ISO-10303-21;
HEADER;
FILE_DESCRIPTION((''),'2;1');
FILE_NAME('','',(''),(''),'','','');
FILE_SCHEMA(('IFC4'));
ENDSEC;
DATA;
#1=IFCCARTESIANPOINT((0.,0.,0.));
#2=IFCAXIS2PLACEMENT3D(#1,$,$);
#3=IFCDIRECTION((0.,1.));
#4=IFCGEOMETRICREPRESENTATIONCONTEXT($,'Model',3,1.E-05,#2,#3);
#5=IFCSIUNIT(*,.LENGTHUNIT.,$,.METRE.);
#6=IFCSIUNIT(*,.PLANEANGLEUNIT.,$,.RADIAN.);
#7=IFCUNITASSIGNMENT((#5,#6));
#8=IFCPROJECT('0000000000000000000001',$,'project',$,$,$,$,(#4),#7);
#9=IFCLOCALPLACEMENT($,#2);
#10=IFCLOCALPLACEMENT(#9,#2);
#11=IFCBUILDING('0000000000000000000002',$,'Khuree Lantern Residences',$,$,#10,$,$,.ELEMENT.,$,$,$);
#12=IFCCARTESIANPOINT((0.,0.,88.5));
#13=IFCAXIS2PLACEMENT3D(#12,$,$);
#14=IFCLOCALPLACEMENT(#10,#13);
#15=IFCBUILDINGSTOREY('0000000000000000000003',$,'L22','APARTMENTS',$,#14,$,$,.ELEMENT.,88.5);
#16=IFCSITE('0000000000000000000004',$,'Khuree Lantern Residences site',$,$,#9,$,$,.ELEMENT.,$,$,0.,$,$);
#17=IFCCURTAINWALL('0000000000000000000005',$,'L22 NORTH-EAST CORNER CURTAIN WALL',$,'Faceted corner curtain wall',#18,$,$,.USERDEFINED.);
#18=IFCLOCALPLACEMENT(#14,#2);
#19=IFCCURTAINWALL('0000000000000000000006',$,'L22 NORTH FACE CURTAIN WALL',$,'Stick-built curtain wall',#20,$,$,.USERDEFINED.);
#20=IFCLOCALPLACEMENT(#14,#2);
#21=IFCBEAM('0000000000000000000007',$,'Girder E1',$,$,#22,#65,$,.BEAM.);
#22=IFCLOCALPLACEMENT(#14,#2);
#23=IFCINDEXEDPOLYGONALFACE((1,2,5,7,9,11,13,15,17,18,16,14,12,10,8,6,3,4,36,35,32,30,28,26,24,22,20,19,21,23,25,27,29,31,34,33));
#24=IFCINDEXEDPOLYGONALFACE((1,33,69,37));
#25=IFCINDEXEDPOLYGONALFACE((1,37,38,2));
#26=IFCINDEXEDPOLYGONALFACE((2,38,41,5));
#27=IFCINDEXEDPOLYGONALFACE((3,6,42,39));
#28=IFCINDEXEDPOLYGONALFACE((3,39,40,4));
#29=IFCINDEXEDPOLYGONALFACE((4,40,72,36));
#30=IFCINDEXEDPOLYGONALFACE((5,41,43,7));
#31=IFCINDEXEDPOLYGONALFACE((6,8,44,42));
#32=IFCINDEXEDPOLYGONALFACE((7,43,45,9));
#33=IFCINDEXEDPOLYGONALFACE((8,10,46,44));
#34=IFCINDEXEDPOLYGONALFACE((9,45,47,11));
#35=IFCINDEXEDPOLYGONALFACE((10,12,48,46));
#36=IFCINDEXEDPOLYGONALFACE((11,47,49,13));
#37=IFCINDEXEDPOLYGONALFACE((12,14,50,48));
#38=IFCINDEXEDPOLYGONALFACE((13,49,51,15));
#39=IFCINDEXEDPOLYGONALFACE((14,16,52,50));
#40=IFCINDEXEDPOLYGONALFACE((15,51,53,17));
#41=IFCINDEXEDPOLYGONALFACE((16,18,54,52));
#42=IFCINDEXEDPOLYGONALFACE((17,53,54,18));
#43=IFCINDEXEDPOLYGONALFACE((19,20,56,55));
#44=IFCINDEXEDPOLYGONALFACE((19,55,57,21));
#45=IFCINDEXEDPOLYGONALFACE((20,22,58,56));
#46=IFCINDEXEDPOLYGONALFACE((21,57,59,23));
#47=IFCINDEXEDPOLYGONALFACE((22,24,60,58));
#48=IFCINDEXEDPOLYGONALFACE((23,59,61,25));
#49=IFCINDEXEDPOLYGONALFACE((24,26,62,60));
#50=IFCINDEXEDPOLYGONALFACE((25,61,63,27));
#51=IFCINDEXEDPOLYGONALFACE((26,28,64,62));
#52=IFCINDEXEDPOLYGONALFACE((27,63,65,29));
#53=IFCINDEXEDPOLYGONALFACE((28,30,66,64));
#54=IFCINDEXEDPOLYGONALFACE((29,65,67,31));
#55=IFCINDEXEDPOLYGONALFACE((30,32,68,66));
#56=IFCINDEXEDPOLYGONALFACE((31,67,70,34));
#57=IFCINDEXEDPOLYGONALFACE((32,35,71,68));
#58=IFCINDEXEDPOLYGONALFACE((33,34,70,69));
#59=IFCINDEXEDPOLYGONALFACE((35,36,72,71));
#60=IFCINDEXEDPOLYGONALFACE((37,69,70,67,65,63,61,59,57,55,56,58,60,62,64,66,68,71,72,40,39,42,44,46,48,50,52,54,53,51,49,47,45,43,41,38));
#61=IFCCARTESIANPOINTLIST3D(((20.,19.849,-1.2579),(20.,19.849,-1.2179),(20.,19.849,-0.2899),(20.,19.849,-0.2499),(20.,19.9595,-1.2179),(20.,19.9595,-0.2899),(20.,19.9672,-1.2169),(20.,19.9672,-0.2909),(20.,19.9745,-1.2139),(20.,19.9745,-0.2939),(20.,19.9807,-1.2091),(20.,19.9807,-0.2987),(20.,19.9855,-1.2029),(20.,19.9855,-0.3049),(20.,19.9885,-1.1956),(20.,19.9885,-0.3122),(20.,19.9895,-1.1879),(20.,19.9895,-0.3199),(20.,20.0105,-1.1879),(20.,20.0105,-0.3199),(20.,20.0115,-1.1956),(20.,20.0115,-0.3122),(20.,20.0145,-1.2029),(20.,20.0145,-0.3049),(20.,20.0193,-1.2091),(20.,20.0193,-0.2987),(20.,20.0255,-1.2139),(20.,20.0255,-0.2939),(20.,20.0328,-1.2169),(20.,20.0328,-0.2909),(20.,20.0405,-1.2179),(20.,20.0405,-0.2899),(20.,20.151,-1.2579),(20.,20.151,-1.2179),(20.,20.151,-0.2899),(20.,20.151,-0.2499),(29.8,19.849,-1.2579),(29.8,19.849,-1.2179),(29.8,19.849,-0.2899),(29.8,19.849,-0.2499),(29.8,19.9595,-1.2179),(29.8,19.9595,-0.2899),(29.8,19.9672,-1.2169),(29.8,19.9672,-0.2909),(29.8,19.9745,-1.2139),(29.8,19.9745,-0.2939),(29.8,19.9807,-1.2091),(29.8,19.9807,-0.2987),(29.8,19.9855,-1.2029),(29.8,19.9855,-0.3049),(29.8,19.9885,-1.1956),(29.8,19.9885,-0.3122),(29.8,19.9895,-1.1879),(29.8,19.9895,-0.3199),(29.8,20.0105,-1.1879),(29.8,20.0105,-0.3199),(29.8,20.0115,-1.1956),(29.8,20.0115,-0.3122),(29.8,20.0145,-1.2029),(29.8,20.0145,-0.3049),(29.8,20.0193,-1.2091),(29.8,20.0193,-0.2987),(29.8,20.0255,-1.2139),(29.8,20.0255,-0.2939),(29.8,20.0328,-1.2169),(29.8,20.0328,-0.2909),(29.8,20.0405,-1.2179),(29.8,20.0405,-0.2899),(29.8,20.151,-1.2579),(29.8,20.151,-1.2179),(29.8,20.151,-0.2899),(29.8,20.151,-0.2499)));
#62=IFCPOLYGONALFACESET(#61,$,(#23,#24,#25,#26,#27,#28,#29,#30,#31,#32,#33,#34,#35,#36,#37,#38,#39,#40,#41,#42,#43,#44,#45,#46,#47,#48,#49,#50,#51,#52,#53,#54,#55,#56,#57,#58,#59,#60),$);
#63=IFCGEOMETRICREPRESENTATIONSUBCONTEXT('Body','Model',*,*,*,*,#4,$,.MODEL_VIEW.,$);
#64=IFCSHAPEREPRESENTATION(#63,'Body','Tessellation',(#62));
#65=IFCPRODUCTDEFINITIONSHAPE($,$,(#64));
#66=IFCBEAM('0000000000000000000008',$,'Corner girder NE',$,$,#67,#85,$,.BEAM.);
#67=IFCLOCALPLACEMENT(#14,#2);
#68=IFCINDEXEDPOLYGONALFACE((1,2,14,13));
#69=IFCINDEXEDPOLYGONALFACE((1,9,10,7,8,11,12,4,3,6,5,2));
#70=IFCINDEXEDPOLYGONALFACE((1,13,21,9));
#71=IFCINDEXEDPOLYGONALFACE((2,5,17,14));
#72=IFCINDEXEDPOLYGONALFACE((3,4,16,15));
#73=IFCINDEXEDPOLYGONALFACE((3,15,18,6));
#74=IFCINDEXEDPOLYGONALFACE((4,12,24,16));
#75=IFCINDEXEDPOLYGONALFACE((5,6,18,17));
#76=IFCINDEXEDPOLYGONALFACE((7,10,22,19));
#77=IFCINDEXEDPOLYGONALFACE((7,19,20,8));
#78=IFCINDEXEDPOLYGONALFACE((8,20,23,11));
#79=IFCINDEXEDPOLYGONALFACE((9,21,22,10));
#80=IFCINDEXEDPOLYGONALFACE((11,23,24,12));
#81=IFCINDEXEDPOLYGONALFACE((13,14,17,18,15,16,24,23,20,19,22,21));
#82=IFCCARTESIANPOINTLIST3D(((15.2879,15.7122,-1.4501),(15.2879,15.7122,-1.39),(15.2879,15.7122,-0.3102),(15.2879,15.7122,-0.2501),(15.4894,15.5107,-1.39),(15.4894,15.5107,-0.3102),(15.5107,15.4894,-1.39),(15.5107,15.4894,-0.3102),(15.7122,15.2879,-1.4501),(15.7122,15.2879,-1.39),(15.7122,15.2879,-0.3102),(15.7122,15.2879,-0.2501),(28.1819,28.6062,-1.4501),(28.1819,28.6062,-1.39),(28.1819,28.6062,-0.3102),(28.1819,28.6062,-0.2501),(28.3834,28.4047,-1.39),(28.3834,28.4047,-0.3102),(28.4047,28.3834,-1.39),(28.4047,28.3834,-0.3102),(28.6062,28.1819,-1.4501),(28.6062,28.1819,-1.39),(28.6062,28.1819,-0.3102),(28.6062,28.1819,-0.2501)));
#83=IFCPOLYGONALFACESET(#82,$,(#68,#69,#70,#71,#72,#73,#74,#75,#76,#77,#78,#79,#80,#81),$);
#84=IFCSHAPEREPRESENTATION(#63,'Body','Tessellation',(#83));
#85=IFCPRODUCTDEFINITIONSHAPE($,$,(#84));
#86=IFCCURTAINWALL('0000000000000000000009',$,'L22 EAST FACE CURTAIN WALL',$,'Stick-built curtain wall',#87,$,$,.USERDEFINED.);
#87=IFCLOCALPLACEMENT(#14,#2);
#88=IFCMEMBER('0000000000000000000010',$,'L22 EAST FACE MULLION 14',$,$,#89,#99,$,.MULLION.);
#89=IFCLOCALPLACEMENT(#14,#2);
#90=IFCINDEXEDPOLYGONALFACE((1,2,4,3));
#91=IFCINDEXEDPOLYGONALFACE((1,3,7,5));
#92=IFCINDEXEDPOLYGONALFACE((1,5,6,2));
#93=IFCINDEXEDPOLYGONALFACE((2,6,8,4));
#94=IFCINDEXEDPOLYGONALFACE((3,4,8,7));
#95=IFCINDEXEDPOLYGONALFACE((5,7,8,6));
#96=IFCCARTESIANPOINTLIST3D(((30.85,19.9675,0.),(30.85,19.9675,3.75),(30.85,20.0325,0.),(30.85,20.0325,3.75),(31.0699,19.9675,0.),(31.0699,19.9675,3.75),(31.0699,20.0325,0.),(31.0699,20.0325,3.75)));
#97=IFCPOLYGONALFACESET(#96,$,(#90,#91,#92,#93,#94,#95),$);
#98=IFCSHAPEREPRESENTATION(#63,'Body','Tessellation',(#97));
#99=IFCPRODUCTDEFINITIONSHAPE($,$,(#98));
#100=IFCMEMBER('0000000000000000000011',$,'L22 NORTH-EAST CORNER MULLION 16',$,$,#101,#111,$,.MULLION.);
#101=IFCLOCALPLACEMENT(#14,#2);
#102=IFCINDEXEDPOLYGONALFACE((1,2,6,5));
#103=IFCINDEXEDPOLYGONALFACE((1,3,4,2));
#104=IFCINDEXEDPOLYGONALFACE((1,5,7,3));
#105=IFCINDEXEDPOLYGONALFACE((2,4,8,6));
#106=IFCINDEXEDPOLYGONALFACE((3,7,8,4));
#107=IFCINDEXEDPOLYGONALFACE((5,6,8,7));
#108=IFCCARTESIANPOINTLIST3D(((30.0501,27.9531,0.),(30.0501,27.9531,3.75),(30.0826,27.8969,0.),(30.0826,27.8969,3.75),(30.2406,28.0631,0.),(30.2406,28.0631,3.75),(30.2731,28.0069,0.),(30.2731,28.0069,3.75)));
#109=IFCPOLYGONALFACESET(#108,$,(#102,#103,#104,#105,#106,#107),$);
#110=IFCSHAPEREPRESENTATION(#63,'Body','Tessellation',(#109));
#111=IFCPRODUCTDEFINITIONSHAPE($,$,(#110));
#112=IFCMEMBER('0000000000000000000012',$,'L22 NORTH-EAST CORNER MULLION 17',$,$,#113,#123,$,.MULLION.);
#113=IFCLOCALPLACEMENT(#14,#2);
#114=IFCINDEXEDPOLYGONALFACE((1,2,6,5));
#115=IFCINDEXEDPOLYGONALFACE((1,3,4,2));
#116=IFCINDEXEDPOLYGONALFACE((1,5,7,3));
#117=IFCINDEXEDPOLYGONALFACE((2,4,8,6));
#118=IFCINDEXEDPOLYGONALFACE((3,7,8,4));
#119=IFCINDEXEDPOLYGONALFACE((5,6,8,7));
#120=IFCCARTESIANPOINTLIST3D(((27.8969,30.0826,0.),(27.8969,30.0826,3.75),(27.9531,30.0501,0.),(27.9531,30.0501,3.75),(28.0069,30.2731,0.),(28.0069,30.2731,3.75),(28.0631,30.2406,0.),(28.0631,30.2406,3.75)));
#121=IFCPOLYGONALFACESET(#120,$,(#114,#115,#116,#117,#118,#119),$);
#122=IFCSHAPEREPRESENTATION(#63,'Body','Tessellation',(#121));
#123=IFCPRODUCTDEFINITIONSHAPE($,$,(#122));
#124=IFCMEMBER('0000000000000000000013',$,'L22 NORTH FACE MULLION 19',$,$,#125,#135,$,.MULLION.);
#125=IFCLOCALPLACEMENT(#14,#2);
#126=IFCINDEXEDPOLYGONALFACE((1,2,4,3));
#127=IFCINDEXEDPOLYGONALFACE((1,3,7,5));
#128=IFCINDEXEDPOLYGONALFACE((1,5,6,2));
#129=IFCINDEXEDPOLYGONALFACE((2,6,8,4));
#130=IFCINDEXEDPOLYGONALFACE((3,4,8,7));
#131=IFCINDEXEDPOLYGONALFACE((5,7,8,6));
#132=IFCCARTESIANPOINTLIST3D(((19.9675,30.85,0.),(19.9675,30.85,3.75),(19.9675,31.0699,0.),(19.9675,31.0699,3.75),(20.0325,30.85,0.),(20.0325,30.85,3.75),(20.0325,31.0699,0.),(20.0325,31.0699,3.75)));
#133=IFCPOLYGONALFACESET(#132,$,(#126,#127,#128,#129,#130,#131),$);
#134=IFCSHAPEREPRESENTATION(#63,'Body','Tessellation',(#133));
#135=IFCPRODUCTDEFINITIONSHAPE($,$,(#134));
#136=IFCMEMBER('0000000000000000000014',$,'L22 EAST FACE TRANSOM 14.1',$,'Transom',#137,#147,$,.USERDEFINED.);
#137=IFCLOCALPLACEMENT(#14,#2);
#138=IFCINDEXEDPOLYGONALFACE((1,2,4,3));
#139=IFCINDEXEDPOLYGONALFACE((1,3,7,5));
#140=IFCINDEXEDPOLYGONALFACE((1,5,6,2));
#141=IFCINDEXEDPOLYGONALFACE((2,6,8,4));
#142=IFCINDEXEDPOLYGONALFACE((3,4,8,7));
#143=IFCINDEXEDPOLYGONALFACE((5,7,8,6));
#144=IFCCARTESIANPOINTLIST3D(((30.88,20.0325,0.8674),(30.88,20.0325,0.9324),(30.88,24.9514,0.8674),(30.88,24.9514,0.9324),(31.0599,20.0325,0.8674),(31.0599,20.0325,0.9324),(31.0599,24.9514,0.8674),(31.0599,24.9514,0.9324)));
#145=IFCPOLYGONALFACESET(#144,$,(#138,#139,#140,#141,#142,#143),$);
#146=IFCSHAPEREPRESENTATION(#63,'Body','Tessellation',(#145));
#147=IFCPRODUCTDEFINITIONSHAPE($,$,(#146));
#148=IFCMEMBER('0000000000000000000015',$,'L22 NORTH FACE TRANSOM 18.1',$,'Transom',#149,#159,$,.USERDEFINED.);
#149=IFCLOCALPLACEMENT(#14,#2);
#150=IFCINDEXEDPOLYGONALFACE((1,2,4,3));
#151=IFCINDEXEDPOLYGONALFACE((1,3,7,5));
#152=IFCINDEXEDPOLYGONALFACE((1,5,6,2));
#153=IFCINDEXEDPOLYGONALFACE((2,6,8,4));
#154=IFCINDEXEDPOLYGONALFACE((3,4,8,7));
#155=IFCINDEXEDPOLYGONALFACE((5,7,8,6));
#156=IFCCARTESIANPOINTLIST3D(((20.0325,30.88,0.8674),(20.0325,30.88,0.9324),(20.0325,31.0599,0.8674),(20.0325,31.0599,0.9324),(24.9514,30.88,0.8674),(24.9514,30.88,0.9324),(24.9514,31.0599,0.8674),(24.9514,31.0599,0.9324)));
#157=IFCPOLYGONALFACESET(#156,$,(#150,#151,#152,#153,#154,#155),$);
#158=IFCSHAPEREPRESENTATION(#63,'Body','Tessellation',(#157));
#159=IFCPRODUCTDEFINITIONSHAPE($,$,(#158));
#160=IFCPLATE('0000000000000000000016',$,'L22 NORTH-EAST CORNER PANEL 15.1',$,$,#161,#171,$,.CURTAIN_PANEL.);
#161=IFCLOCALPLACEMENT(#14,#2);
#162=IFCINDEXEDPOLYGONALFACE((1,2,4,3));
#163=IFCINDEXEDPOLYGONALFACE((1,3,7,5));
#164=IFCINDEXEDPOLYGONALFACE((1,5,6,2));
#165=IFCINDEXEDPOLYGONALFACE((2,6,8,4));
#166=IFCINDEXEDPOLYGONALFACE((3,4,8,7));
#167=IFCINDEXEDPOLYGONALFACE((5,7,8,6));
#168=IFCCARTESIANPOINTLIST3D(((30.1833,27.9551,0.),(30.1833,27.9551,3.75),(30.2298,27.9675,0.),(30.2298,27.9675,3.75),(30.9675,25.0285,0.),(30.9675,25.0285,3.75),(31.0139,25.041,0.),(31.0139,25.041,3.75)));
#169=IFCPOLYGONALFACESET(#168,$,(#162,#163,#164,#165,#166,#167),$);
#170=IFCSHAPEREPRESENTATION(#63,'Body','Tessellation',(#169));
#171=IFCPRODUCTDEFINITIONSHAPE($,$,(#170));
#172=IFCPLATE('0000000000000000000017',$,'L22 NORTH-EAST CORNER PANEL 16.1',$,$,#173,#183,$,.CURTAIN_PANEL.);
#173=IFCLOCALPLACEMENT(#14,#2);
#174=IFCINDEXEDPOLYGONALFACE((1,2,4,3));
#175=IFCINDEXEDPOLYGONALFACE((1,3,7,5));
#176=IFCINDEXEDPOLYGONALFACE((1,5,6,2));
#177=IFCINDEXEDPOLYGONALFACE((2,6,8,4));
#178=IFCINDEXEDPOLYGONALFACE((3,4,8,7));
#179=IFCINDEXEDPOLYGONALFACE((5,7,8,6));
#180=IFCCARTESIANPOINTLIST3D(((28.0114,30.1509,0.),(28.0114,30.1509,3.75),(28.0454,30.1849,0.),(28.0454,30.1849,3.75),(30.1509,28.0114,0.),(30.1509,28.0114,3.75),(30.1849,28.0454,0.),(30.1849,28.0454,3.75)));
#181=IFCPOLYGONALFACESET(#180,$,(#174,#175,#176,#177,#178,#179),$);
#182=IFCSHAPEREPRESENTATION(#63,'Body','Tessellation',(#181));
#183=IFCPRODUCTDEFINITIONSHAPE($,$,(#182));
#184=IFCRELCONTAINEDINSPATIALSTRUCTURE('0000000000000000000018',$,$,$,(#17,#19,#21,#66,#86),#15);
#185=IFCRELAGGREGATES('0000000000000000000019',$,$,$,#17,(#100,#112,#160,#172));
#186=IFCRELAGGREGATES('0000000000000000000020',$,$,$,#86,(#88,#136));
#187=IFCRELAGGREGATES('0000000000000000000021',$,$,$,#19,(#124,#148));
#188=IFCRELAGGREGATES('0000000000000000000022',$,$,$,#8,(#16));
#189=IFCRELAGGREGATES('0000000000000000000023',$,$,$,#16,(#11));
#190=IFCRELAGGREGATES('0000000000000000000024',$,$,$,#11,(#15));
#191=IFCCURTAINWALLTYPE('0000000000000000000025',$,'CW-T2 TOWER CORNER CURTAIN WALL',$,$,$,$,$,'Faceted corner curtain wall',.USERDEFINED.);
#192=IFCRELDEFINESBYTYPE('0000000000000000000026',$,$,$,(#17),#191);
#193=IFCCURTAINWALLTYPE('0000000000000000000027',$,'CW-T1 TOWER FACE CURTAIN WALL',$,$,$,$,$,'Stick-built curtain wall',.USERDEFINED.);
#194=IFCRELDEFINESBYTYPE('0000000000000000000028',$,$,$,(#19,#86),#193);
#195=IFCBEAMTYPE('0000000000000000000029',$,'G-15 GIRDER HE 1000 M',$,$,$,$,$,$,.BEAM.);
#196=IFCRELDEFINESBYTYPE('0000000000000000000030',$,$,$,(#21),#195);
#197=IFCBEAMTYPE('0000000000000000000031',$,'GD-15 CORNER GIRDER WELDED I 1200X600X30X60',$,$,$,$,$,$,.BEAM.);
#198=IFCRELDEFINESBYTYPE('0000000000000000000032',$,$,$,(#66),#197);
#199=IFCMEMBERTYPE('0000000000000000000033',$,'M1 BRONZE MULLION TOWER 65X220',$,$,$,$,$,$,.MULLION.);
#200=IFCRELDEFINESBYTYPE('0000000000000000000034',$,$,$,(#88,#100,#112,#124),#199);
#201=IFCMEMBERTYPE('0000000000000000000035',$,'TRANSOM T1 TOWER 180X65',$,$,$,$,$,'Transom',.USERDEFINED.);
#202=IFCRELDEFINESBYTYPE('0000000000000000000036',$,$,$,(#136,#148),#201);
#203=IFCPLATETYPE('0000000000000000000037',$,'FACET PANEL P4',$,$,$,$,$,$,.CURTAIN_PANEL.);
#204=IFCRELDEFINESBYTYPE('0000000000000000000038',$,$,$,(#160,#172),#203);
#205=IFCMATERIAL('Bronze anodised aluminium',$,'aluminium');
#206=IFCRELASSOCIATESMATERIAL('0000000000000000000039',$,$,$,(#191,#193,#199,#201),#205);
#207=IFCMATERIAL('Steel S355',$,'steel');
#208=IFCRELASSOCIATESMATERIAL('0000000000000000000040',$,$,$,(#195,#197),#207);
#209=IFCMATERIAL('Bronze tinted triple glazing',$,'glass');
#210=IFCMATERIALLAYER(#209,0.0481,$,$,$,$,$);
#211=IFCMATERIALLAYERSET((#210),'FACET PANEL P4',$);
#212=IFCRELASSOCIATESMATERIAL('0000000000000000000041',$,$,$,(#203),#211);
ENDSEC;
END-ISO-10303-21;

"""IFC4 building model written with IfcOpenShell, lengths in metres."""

from ifc_helpers import new_model, si_unit, direction, frame, origin, origin_2d, place, context, subcontext, project, spatial, rectangle, i_section, extrude, material, layer, layer_set, material_profile, profile_set, type_object, element, aggregate, save


model = new_model("IFC4")

# Units and contexts
model_context = context("Model", 3, precision=1e-05, world=origin(), true_north=direction((0.0, 1.0)))
body_context = subcontext(model_context, "Body", "Model", "MODEL_VIEW")
ifc_project = project(units=[si_unit("LENGTHUNIT", "METRE"), si_unit("PLANEANGLEUNIT", "RADIAN")], contexts=[model_context])

# Site, building, storey
site_placement = place(None, origin())
site = spatial("IfcSite", under=ifc_project, at=site_placement, Name="Khuree Lantern Residences site", CompositionType="ELEMENT", RefElevation=0.0)
building_placement = place(site_placement, origin())
building = spatial("IfcBuilding", under=site, at=building_placement, Name="Khuree Lantern Residences", CompositionType="ELEMENT")
storey_placement = place(building_placement, frame((0.0, 0.0, 88.5)))
storey = spatial("IfcBuildingStorey", under=building, at=storey_placement, Name="L22", Description="APARTMENTS", CompositionType="ELEMENT", Elevation=88.5)

# Shared definitions
ifc_material_1 = material(Name="Steel S355", Category="steel")

# Curtain walls
ifc_material_2 = material(Name="Bronze anodised aluminium", Category="aluminium")
curtain_wall_type_1 = type_object("IfcCurtainWallType", Name="CW-T2 TOWER CORNER CURTAIN WALL", ElementType="Faceted corner curtain wall", PredefinedType="USERDEFINED", material=ifc_material_2)
curtain_wall_1_placement = place(storey_placement, origin())
curtain_wall_1 = element("IfcCurtainWall", 1, at=curtain_wall_1_placement, inside=storey, type_object=curtain_wall_type_1, Name="L22 NORTH-EAST CORNER CURTAIN WALL", ObjectType="Faceted corner curtain wall", PredefinedType="USERDEFINED")
curtain_wall_type_2 = type_object("IfcCurtainWallType", Name="CW-T1 TOWER FACE CURTAIN WALL", ElementType="Stick-built curtain wall", PredefinedType="USERDEFINED", material=ifc_material_2)
curtain_wall_2_placement = place(storey_placement, origin())
curtain_wall_2 = element("IfcCurtainWall", 2, at=curtain_wall_2_placement, inside=storey, type_object=curtain_wall_type_2, Name="L22 NORTH FACE CURTAIN WALL", ObjectType="Stick-built curtain wall", PredefinedType="USERDEFINED")

# Beams
ifc_material_profile_1 = material_profile(ifc_material_1, i_section(OverallWidth=0.302, OverallDepth=1.0081, WebThickness=0.021, FlangeThickness=0.04, FilletRadius=0.03, at=origin_2d()), Name="HE 1000 M")
ifc_profile_set_1 = profile_set([ifc_material_profile_1], Name="Steel S355")
beam_type_1 = type_object("IfcBeamType", Name="G-15 GIRDER HE 1000 M", PredefinedType="BEAM", material=ifc_profile_set_1)
for number, where, z_axis, x_axis, name in (
    (3, (29.8, 20.0, -0.7539), (-1.0, 0.0, 0.0), (0.0, -1.0, 0.0), "Girder E1"),
):
    element("IfcBeam", number, at=place(storey_placement, frame(where, z_axis=z_axis, x_axis=x_axis)), inside=storey, type_object=beam_type_1, Name=name, PredefinedType="BEAM", context=body_context, shape_type="SweptSolid", body=[
        extrude(i_section(OverallWidth=0.302, OverallDepth=1.0081, WebThickness=0.021, FlangeThickness=0.04, FilletRadius=0.03, at=origin_2d()), origin(), (0.0, 0.0, 1.0), 9.8),
    ])
ifc_material_profile_2 = material_profile(ifc_material_1, i_section(OverallWidth=0.6001, OverallDepth=1.2, WebThickness=0.03, FlangeThickness=0.0601, at=origin_2d()), Name="WELDED I 1200X600X30X60")
ifc_profile_set_2 = profile_set([ifc_material_profile_2], Name="Steel S355")
beam_type_2 = type_object("IfcBeamType", Name="GD-15 CORNER GIRDER WELDED I 1200X600X30X60", PredefinedType="BEAM", material=ifc_profile_set_2)
beam_1_placement = place(storey_placement, frame((28.394, 28.394, -0.8501), z_axis=(-0.707107, -0.707107, 0.0), x_axis=(0.707107, -0.707107, 0.0)))
element("IfcBeam", 4, at=beam_1_placement, inside=storey, type_object=beam_type_2, Name="Corner girder NE", PredefinedType="BEAM", context=body_context, shape_type="SweptSolid", body=[
    extrude(i_section(OverallWidth=0.6001, OverallDepth=1.2, WebThickness=0.03, FlangeThickness=0.0601, at=origin_2d()), origin(), (0.0, 0.0, 1.0), 18.2349),
])

# Curtain wall, member
curtain_wall_3_placement = place(storey_placement, origin())
curtain_wall_3 = element("IfcCurtainWall", 5, at=curtain_wall_3_placement, inside=storey, type_object=curtain_wall_type_2, Name="L22 EAST FACE CURTAIN WALL", ObjectType="Stick-built curtain wall", PredefinedType="USERDEFINED")
ifc_material_profile_3 = material_profile(ifc_material_2, rectangle(XDim=0.0649, YDim=0.22, at=origin_2d()), Name="M1 65X220")
ifc_profile_set_3 = profile_set([ifc_material_profile_3], Name="Bronze anodised aluminium")
member_type_1 = type_object("IfcMemberType", Name="M1 BRONZE MULLION TOWER 65X220", PredefinedType="MULLION", material=ifc_profile_set_3)
member_1_placement = place(storey_placement, frame((30.96, 20.0, 0.0), z_axis=(0.0, 0.0, 1.0), x_axis=(0.0, 1.0, 0.0)))
member_1 = element("IfcMember", 6, at=member_1_placement, type_object=member_type_1, Name="L22 EAST FACE MULLION 14", PredefinedType="MULLION", context=body_context, shape_type="SweptSolid", body=[
    extrude(rectangle(XDim=0.0649, YDim=0.22, at=origin_2d()), origin(), (0.0, 0.0, 1.0), 3.75),
])

# Members
member_2_placement = place(storey_placement, frame((30.1616, 27.98, 0.0), z_axis=(0.0, 0.0, 1.0), x_axis=(-0.5, 0.866025, 0.0)))
member_2 = element("IfcMember", 7, at=member_2_placement, type_object=member_type_1, Name="L22 NORTH-EAST CORNER MULLION 16", PredefinedType="MULLION", context=body_context, shape_type="SweptSolid", body=[
    extrude(rectangle(XDim=0.0649, YDim=0.22, at=origin_2d()), origin(), (0.0, 0.0, 1.0), 3.75),
])
member_3_placement = place(storey_placement, frame((27.98, 30.1616, 0.0), z_axis=(0.0, 0.0, 1.0), x_axis=(-0.866025, 0.5, 0.0)))
member_3 = element("IfcMember", 8, at=member_3_placement, type_object=member_type_1, Name="L22 NORTH-EAST CORNER MULLION 17", PredefinedType="MULLION", context=body_context, shape_type="SweptSolid", body=[
    extrude(rectangle(XDim=0.0649, YDim=0.22, at=origin_2d()), origin(), (0.0, 0.0, 1.0), 3.75),
])
member_4_placement = place(storey_placement, frame((20.0, 30.96, 0.0), z_axis=(0.0, 0.0, 1.0), x_axis=(-1.0, 0.0, 0.0)))
member_4 = element("IfcMember", 9, at=member_4_placement, type_object=member_type_1, Name="L22 NORTH FACE MULLION 19", PredefinedType="MULLION", context=body_context, shape_type="SweptSolid", body=[
    extrude(rectangle(XDim=0.0649, YDim=0.22, at=origin_2d()), origin(), (0.0, 0.0, 1.0), 3.75),
])
ifc_material_profile_4 = material_profile(ifc_material_2, rectangle(XDim=0.1799, YDim=0.0649, at=origin_2d()), Name="T1 180X65")
ifc_profile_set_4 = profile_set([ifc_material_profile_4], Name="Bronze anodised aluminium")
member_type_2 = type_object("IfcMemberType", Name="TRANSOM T1 TOWER 180X65", ElementType="Transom", PredefinedType="USERDEFINED", material=ifc_profile_set_4)
member_5_placement = place(storey_placement, frame((30.97, 20.0325, 0.8999), z_axis=(0.0, 1.0, 0.0), x_axis=(-1.0, 0.0, 0.0)))
member_5 = element("IfcMember", 10, at=member_5_placement, type_object=member_type_2, Name="L22 EAST FACE TRANSOM 14.1", ObjectType="Transom", PredefinedType="USERDEFINED", context=body_context, shape_type="SweptSolid", body=[
    extrude(rectangle(XDim=0.1799, YDim=0.0649, at=origin_2d()), origin(), (0.0, 0.0, 1.0), 4.9189),
])
member_6_placement = place(storey_placement, frame((24.9514, 30.97, 0.8999), z_axis=(-1.0, 0.0, 0.0), x_axis=(0.0, -1.0, 0.0)))
member_6 = element("IfcMember", 11, at=member_6_placement, type_object=member_type_2, Name="L22 NORTH FACE TRANSOM 18.1", ObjectType="Transom", PredefinedType="USERDEFINED", context=body_context, shape_type="SweptSolid", body=[
    extrude(rectangle(XDim=0.1799, YDim=0.0649, at=origin_2d()), origin(), (0.0, 0.0, 1.0), 4.9189),
])

# Plates
ifc_material_3 = material(Name="Bronze tinted triple glazing", Category="glass")
ifc_layer_1 = layer(ifc_material_3, 0.0481)
ifc_layer_set_1 = layer_set([ifc_layer_1], Name="FACET PANEL P4")
plate_type_1 = type_object("IfcPlateType", Name="FACET PANEL P4", PredefinedType="CURTAIN_PANEL", material=ifc_layer_set_1)
plate_1_placement = place(storey_placement, frame((30.5986, 26.498, 0.0), z_axis=(0.0, 0.0, 1.0), x_axis=(-0.258819, 0.965926, 0.0)))
plate_1 = element("IfcPlate", 12, at=plate_1_placement, type_object=plate_type_1, Name="L22 NORTH-EAST CORNER PANEL 15.1", PredefinedType="CURTAIN_PANEL", context=body_context, shape_type="SweptSolid", body=[
    extrude(rectangle(XDim=3.0298, YDim=0.0481, at=origin_2d()), origin(), (0.0, 0.0, 1.0), 3.75),
])
plate_2_placement = place(storey_placement, frame((29.0981, 29.0981, 0.0), z_axis=(0.0, 0.0, 1.0), x_axis=(-0.707107, 0.707107, 0.0)))
plate_2 = element("IfcPlate", 13, at=plate_2_placement, type_object=plate_type_1, Name="L22 NORTH-EAST CORNER PANEL 16.1", PredefinedType="CURTAIN_PANEL", context=body_context, shape_type="SweptSolid", body=[
    extrude(rectangle(XDim=3.0256, YDim=0.0481, at=origin_2d()), origin(), (0.0, 0.0, 1.0), 3.75),
])
aggregate(curtain_wall_1, [member_2, member_3, plate_1, plate_2])
aggregate(curtain_wall_3, [member_1, member_5])
aggregate(curtain_wall_2, [member_4, member_6])

save(model, "model.ifc")
